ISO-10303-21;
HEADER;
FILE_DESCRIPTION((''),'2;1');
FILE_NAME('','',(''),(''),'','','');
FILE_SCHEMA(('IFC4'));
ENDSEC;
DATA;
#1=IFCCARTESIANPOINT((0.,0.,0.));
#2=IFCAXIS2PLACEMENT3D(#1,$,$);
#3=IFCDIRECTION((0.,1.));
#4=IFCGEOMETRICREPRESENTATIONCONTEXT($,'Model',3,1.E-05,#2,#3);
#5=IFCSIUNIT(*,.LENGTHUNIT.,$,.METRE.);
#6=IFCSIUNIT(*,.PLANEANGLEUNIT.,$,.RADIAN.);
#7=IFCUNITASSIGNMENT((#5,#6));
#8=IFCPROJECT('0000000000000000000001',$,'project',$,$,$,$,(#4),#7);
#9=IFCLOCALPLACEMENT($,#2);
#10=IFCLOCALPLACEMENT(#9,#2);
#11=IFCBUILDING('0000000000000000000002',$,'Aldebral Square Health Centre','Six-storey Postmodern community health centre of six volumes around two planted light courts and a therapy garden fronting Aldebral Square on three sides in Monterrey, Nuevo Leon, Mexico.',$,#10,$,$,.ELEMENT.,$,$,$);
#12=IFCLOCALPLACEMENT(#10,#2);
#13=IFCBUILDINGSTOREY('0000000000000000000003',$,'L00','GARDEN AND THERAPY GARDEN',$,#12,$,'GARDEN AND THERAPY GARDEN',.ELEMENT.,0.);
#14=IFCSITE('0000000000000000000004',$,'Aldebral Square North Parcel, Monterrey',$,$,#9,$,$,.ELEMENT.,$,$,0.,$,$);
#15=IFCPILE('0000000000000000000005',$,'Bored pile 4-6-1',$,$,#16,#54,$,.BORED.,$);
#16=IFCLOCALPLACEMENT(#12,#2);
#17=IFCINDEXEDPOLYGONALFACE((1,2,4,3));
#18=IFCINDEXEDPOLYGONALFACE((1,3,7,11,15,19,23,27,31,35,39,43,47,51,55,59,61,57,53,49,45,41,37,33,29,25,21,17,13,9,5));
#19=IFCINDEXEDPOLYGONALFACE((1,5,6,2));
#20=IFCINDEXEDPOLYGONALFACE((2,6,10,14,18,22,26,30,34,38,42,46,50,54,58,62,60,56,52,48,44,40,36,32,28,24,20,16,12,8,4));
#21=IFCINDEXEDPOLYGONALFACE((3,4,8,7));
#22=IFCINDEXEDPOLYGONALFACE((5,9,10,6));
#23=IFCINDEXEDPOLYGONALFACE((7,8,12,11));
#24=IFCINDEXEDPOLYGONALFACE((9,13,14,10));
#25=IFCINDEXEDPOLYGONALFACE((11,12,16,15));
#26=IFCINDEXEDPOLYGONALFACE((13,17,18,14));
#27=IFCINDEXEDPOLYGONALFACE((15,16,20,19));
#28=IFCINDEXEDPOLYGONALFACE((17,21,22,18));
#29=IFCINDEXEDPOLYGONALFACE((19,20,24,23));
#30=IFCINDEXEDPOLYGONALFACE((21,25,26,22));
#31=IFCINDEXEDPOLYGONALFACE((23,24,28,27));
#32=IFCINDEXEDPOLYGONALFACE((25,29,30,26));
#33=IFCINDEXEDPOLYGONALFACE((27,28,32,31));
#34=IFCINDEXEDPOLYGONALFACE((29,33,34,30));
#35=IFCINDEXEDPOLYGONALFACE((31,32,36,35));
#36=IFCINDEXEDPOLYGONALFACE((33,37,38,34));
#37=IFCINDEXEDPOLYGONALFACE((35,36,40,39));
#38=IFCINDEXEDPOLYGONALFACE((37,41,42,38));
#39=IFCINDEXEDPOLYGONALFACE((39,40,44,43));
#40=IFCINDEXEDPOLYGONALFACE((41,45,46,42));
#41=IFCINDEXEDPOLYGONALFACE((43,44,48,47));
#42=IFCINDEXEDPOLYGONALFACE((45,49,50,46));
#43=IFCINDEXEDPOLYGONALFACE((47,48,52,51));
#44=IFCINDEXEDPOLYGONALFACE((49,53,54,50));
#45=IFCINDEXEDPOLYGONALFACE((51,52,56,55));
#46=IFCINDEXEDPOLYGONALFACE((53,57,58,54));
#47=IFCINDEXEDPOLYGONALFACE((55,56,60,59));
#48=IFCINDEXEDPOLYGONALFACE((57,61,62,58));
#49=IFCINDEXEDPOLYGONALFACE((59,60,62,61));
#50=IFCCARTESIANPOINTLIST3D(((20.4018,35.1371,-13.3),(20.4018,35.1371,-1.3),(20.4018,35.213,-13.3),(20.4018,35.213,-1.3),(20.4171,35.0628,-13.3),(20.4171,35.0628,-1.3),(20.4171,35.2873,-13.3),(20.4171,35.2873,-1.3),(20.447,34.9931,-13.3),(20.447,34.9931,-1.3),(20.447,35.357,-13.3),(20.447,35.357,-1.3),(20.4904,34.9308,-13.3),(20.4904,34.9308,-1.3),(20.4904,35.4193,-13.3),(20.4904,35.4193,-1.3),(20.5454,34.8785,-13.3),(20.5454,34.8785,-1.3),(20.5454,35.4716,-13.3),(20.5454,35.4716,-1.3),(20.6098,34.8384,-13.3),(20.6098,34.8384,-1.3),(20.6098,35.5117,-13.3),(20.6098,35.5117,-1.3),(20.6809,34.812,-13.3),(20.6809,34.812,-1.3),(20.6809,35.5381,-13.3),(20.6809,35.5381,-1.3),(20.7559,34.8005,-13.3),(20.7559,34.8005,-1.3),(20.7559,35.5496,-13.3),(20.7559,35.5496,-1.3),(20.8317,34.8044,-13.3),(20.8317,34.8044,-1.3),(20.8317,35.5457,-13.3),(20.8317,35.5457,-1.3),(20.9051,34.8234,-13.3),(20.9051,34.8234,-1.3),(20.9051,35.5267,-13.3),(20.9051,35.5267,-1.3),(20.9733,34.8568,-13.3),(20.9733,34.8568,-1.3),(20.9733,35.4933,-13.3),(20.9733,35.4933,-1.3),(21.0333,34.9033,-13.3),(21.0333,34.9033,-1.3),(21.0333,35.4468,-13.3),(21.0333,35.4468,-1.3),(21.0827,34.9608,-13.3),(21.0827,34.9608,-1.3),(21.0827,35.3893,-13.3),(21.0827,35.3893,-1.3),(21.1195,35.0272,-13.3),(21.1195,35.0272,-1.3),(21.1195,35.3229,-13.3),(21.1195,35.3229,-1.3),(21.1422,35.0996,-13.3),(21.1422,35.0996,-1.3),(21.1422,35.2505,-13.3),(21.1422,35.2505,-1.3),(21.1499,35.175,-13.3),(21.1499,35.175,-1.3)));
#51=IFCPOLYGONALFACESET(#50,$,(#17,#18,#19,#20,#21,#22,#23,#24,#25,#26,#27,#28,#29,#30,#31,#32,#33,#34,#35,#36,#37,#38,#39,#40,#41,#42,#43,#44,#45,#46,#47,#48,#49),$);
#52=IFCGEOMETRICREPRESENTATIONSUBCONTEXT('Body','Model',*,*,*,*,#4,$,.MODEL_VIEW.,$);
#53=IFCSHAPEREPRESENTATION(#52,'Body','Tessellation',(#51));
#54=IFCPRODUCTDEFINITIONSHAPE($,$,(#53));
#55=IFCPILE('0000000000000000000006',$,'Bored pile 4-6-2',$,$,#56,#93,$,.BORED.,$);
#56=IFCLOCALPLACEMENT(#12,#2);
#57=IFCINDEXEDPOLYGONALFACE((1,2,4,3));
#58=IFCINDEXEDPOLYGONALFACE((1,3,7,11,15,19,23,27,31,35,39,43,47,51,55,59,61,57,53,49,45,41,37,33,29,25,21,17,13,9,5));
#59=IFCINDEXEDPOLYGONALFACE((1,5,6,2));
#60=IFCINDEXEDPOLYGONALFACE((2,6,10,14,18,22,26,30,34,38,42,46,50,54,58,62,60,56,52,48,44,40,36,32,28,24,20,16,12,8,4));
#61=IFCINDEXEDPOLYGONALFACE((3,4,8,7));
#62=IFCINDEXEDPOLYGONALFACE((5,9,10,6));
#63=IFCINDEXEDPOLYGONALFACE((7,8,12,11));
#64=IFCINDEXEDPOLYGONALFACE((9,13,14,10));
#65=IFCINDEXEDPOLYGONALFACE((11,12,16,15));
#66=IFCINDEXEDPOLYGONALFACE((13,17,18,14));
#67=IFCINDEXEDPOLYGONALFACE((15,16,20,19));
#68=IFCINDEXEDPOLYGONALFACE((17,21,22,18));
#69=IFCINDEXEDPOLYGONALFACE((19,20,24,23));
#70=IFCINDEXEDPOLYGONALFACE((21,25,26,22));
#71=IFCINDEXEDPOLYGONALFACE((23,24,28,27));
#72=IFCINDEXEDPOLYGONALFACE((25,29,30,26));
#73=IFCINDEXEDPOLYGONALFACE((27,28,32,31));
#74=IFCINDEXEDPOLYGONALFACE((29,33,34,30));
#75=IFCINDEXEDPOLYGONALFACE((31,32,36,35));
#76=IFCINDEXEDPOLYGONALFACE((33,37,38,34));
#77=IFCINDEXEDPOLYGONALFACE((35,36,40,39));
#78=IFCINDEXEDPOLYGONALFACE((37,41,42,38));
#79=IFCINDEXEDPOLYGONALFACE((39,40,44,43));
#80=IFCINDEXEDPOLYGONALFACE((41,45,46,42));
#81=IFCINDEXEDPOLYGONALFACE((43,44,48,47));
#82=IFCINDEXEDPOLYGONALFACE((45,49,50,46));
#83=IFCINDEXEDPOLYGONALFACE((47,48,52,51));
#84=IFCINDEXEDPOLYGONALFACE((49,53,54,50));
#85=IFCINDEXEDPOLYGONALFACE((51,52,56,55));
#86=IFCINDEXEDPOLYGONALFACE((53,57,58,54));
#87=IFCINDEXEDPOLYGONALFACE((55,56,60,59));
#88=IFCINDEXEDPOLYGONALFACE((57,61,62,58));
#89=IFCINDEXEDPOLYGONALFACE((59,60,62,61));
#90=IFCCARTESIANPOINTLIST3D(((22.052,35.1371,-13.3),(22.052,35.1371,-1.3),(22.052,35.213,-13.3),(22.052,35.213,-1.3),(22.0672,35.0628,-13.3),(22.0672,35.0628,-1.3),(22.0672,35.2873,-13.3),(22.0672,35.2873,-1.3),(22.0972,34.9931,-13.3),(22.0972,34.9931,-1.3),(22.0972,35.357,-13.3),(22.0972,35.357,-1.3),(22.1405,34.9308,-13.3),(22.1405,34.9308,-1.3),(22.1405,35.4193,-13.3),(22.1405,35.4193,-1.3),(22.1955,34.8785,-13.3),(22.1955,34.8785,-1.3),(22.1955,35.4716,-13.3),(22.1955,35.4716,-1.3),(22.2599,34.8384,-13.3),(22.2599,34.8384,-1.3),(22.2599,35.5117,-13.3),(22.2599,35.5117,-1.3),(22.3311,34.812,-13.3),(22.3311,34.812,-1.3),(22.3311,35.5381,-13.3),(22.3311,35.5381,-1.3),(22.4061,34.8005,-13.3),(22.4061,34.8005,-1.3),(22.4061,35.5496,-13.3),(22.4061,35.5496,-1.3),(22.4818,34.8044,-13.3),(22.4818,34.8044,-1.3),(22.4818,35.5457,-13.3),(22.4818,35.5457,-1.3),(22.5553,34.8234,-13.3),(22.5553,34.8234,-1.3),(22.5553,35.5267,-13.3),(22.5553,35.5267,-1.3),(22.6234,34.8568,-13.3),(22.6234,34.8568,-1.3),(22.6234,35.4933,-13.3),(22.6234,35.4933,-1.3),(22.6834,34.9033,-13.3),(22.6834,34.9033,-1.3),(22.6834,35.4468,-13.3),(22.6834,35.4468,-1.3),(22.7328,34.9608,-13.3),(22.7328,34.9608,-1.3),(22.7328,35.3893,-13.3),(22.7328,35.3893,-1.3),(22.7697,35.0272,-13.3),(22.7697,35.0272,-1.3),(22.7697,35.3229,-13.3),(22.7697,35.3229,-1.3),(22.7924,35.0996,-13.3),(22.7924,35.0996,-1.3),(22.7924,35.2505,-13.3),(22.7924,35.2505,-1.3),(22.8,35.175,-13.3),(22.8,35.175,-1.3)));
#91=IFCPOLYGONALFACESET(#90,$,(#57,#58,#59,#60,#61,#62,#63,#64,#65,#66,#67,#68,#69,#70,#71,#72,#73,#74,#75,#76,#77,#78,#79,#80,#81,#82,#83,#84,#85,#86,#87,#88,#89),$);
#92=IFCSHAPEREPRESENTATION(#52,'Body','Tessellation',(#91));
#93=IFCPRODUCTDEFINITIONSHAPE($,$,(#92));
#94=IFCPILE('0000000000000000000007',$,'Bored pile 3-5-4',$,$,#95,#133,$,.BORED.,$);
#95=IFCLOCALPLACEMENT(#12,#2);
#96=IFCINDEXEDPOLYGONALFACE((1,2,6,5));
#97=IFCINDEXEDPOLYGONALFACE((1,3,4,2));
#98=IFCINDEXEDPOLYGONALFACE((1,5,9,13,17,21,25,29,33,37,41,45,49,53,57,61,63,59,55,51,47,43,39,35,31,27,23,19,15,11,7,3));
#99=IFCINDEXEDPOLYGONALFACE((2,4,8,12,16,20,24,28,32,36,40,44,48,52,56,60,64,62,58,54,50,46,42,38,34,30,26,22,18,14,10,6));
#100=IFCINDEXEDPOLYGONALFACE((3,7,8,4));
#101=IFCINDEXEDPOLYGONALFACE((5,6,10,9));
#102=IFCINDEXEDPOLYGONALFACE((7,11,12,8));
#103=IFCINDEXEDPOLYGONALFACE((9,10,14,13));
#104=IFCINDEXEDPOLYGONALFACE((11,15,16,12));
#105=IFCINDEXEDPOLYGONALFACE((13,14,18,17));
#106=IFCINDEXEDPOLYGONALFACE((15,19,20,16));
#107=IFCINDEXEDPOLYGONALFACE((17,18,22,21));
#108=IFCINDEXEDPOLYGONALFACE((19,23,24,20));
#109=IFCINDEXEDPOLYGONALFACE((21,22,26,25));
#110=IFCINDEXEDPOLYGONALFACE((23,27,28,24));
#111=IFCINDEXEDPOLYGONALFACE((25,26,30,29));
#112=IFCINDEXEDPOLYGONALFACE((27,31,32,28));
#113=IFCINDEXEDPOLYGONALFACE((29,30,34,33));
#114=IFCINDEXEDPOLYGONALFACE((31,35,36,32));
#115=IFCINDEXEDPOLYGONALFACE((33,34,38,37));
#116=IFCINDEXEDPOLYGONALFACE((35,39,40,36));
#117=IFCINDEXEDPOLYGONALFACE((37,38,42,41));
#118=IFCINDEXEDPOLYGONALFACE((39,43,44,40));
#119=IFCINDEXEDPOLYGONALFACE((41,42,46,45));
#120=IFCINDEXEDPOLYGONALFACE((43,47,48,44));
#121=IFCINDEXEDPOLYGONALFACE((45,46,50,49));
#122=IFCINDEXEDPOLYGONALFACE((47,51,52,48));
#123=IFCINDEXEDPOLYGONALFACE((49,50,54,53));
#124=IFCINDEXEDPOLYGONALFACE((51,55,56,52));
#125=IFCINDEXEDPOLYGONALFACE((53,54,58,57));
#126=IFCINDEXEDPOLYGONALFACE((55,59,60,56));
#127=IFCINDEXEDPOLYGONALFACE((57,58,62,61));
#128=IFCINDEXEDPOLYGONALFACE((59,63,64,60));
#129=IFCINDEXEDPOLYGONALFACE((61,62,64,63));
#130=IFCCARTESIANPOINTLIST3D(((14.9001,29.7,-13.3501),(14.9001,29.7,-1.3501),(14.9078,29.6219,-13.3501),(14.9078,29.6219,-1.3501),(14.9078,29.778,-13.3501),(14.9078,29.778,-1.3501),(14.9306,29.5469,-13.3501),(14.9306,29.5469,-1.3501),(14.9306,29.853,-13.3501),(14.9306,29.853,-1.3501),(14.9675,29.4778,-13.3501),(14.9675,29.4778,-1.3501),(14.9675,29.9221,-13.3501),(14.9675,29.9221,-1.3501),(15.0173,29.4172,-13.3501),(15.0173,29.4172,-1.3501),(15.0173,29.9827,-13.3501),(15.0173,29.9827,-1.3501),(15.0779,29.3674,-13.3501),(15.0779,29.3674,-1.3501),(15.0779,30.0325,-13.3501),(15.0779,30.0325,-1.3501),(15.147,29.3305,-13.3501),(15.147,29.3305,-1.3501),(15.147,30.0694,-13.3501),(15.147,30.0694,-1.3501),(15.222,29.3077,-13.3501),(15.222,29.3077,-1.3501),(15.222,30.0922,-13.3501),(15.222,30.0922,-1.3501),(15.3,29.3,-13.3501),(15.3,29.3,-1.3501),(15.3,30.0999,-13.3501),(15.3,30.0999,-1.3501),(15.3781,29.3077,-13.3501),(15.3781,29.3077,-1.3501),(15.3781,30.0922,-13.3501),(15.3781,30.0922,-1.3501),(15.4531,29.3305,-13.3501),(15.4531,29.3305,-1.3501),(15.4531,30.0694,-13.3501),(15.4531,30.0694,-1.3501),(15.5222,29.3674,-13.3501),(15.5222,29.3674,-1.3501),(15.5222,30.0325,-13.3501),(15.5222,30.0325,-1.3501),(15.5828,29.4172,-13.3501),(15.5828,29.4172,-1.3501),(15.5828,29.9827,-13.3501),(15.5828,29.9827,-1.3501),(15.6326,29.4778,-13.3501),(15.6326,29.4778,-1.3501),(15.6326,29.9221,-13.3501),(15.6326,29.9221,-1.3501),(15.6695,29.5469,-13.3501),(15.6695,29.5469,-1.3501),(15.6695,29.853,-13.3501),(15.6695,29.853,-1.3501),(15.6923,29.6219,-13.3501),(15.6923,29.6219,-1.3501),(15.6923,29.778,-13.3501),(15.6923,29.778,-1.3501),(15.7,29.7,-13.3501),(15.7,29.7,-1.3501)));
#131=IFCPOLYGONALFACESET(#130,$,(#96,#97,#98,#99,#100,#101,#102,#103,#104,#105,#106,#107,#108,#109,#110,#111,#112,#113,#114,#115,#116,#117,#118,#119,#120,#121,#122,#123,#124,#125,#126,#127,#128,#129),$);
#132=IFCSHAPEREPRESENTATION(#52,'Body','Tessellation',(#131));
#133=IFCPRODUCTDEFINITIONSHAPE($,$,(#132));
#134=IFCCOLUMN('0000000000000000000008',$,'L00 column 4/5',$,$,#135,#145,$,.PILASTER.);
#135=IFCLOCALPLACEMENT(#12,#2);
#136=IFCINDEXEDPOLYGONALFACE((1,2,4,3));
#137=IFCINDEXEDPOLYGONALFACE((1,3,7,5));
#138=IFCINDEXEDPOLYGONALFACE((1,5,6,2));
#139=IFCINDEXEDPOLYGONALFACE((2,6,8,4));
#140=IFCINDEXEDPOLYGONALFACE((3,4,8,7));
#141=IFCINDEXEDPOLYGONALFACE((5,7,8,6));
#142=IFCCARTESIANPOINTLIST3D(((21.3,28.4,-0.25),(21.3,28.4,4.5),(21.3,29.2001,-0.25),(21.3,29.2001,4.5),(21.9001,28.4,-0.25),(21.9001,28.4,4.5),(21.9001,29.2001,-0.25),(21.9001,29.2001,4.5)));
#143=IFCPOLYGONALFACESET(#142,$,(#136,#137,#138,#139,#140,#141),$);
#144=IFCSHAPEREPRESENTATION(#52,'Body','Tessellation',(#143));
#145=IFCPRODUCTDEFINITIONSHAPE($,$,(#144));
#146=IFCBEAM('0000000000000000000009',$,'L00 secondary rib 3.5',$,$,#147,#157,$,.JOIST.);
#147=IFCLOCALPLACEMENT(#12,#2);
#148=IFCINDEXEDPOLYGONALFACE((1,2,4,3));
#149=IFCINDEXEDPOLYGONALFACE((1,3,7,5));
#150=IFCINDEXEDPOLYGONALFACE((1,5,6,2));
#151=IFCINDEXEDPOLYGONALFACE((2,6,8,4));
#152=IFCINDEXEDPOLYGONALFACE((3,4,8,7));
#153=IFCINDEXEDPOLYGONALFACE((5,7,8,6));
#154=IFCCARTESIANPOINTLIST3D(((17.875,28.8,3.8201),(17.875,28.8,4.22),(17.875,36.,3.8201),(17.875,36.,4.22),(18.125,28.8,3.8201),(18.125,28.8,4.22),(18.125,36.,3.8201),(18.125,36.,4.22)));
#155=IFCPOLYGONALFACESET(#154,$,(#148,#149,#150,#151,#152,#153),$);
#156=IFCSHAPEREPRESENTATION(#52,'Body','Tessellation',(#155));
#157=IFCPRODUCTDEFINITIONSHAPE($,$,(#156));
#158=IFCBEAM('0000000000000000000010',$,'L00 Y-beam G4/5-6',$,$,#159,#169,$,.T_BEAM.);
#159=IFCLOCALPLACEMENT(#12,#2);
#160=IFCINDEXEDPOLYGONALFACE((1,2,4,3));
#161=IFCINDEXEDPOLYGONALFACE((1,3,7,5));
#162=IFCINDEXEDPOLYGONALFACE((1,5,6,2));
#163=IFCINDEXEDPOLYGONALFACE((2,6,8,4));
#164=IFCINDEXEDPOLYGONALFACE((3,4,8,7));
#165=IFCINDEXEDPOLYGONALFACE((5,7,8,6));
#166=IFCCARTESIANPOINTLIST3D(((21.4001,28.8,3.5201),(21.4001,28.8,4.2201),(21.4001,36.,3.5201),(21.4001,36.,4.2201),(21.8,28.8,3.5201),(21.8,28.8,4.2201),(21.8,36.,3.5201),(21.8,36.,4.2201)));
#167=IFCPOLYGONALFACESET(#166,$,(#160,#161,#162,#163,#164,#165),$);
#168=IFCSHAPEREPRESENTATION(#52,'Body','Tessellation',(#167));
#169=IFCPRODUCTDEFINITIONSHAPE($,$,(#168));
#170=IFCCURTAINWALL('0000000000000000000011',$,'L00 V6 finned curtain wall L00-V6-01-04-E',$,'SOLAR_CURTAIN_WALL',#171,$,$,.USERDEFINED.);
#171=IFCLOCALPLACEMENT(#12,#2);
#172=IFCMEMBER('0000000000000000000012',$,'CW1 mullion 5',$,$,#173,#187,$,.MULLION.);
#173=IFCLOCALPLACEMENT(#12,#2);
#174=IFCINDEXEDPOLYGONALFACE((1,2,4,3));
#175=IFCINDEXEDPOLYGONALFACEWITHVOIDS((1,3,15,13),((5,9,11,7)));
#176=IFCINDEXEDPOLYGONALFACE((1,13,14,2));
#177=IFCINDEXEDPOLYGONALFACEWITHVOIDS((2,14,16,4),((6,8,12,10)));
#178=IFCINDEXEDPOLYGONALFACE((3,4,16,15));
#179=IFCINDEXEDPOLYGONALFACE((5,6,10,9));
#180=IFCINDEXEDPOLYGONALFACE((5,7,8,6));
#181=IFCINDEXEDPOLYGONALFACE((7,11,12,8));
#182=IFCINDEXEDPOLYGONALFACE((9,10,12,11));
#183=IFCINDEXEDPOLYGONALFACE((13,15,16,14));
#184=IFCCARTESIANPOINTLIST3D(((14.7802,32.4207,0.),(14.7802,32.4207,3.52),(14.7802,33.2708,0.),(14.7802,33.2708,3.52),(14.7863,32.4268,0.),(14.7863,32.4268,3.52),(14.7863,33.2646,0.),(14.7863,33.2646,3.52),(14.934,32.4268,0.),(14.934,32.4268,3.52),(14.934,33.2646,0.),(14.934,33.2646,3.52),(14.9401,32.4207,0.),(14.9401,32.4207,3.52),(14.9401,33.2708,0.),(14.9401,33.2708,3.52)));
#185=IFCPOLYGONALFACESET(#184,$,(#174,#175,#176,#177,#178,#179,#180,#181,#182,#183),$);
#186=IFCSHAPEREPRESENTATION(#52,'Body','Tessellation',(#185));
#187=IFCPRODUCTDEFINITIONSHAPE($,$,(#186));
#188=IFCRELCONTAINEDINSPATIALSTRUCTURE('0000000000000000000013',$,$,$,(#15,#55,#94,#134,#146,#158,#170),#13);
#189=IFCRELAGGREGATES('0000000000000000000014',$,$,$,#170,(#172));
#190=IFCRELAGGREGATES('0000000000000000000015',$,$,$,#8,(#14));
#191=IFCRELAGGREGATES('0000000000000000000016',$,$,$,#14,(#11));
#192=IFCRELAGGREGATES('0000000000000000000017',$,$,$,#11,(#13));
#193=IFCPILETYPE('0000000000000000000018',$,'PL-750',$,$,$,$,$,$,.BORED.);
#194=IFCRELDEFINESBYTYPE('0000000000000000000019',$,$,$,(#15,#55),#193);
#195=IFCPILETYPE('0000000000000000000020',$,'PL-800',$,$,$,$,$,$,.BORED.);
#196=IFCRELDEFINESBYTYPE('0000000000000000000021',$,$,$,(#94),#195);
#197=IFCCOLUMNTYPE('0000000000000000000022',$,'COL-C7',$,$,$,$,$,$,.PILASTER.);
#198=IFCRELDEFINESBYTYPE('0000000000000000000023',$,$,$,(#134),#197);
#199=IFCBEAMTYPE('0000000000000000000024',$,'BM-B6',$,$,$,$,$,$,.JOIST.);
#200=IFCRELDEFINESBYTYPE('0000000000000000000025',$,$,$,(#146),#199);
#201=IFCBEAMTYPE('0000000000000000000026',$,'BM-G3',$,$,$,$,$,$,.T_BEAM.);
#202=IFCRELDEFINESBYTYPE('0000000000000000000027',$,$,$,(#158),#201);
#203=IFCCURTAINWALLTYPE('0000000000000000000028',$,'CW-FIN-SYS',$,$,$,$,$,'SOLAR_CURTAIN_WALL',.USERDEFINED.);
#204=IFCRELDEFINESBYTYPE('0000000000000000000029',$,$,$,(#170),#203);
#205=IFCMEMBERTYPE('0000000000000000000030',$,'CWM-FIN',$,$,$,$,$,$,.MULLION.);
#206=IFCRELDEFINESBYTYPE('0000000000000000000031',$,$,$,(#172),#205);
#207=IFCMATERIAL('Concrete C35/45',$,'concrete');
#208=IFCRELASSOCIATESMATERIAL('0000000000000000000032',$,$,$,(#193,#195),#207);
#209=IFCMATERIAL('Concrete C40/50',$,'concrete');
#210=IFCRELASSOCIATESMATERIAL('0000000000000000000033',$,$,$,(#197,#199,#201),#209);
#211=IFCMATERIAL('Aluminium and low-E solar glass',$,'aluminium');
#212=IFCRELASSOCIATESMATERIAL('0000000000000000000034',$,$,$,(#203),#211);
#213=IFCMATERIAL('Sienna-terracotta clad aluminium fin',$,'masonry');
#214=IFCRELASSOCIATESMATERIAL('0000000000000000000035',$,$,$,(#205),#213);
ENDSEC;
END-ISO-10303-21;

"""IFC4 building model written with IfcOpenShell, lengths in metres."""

from ifc_helpers import new_model, si_unit, direction, frame, origin, origin_2d, place, context, subcontext, project, spatial, rectangle, hollow_rectangle, circle, extrude, material, material_profile, profile_set, type_object, element, aggregate, save


model = new_model("IFC4")

# Units and contexts
model_context = context("Model", 3, precision=1e-05, world=origin(), true_north=direction((0.0, 1.0)))
body_context = subcontext(model_context, "Body", "Model", "MODEL_VIEW")
ifc_project = project(units=[si_unit("LENGTHUNIT", "METRE"), si_unit("PLANEANGLEUNIT", "RADIAN")], contexts=[model_context])

# Site, building, storey
site_placement = place(None, origin())
site = spatial("IfcSite", under=ifc_project, at=site_placement, Name="Aldebral Square North Parcel, Monterrey", CompositionType="ELEMENT", RefElevation=0.0)
building_placement = place(site_placement, origin())
building = spatial("IfcBuilding", under=site, at=building_placement, Name="Aldebral Square Health Centre", Description="Six-storey Postmodern community health centre of six volumes around two planted light courts and a therapy garden fronting Aldebral Square on three sides in Monterrey, Nuevo Leon, Mexico.", CompositionType="ELEMENT")
storey_placement = place(building_placement, origin())
storey = spatial("IfcBuildingStorey", under=building, at=storey_placement, Name="L00", Description="GARDEN AND THERAPY GARDEN", LongName="GARDEN AND THERAPY GARDEN", CompositionType="ELEMENT", Elevation=0.0)

# Shared definitions
ifc_material_1 = material(Name="Concrete C35/45", Category="concrete")

# Piles
ifc_material_profile_1 = material_profile(ifc_material_1, circle(Radius=0.375, at=origin_2d()), Name="PILE D750")
ifc_profile_set_1 = profile_set([ifc_material_profile_1], Name="Concrete C35/45")
pile_type_1 = type_object("IfcPileType", Name="PL-750", PredefinedType="BORED", material=ifc_profile_set_1)
for number, where, z_axis, x_axis, name in (
    (1, (20.7749, 35.175, -1.3), (0.0, 0.0, -1.0), (1.0, 0.0, 0.0), "Bored pile 4-6-1"),
    (2, (22.425, 35.175, -1.3), (0.0, 0.0, -1.0), (1.0, 0.0, 0.0), "Bored pile 4-6-2"),
):
    element("IfcPile", number, at=place(storey_placement, frame(where, z_axis=z_axis, x_axis=x_axis)), inside=storey, type_object=pile_type_1, Name=name, PredefinedType="BORED", context=body_context, shape_type="SweptSolid", body=[
        extrude(circle(Radius=0.375, at=origin_2d()), origin(), (0.0, 0.0, 1.0), 12.0),
    ])
ifc_material_profile_2 = material_profile(ifc_material_1, circle(Radius=0.3999, at=origin_2d()), Name="PILE D800")
ifc_profile_set_2 = profile_set([ifc_material_profile_2], Name="Concrete C35/45")
pile_type_2 = type_object("IfcPileType", Name="PL-800", PredefinedType="BORED", material=ifc_profile_set_2)
pile_placement = place(storey_placement, frame((15.3, 29.7, -1.3501), z_axis=(0.0, 0.0, -1.0), x_axis=(1.0, 0.0, 0.0)))
element("IfcPile", 3, at=pile_placement, inside=storey, type_object=pile_type_2, Name="Bored pile 3-5-4", PredefinedType="BORED", context=body_context, shape_type="SweptSolid", body=[
    extrude(circle(Radius=0.3999, at=origin_2d()), origin(), (0.0, 0.0, 1.0), 12.0),
])

# Column
ifc_material_2 = material(Name="Concrete C40/50", Category="concrete")
ifc_material_profile_3 = material_profile(ifc_material_2, rectangle(XDim=0.6001, YDim=0.8, at=origin_2d()), Name="RC 600x800")
ifc_profile_set_3 = profile_set([ifc_material_profile_3], Name="Concrete C40/50")
column_type = type_object("IfcColumnType", Name="COL-C7", PredefinedType="PILASTER", material=ifc_profile_set_3)
column_placement = place(storey_placement, frame((21.6001, 28.8, -0.25), z_axis=(0.0, 0.0, 1.0), x_axis=(1.0, 0.0, 0.0)))
element("IfcColumn", 4, at=column_placement, inside=storey, type_object=column_type, Name="L00 column 4/5", PredefinedType="PILASTER", context=body_context, shape_type="SweptSolid", body=[
    extrude(rectangle(XDim=0.6001, YDim=0.8, at=origin_2d()), origin(), (0.0, 0.0, 1.0), 4.75),
])

# Beams
ifc_material_profile_4 = material_profile(ifc_material_2, rectangle(XDim=0.25, YDim=0.3999, at=origin_2d()), Name="RC 250x400")
ifc_profile_set_4 = profile_set([ifc_material_profile_4], Name="Concrete C40/50")
beam_type_1 = type_object("IfcBeamType", Name="BM-B6", PredefinedType="JOIST", material=ifc_profile_set_4)
beam_1_placement = place(storey_placement, frame((18.0, 28.8, 4.02), z_axis=(0.0, 1.0, 0.0), x_axis=(-1.0, 0.0, 0.0)))
element("IfcBeam", 5, at=beam_1_placement, inside=storey, type_object=beam_type_1, Name="L00 secondary rib 3.5", PredefinedType="JOIST", context=body_context, shape_type="SweptSolid", body=[
    extrude(rectangle(XDim=0.25, YDim=0.3999, at=origin_2d()), origin(), (0.0, 0.0, 1.0), 7.2),
])
ifc_material_profile_5 = material_profile(ifc_material_2, rectangle(XDim=0.3999, YDim=0.7, at=origin_2d()), Name="RC 400x700")
ifc_profile_set_5 = profile_set([ifc_material_profile_5], Name="Concrete C40/50")
beam_type_2 = type_object("IfcBeamType", Name="BM-G3", PredefinedType="T_BEAM", material=ifc_profile_set_5)
beam_2_placement = place(storey_placement, frame((21.6001, 28.8, 3.8701), z_axis=(0.0, 1.0, 0.0), x_axis=(-1.0, 0.0, 0.0)))
element("IfcBeam", 6, at=beam_2_placement, inside=storey, type_object=beam_type_2, Name="L00 Y-beam G4/5-6", PredefinedType="T_BEAM", context=body_context, shape_type="SweptSolid", body=[
    extrude(rectangle(XDim=0.3999, YDim=0.7, at=origin_2d()), origin(), (0.0, 0.0, 1.0), 7.2),
])

# Curtain wall, member
ifc_material_3 = material(Name="Aluminium and low-E solar glass", Category="aluminium")
curtain_wall_type = type_object("IfcCurtainWallType", Name="CW-FIN-SYS", ElementType="SOLAR_CURTAIN_WALL", PredefinedType="USERDEFINED", material=ifc_material_3)
curtain_wall_placement = place(storey_placement, origin())
curtain_wall = element("IfcCurtainWall", 7, at=curtain_wall_placement, inside=storey, type_object=curtain_wall_type, Name="L00 V6 finned curtain wall L00-V6-01-04-E", ObjectType="SOLAR_CURTAIN_WALL", PredefinedType="USERDEFINED")
ifc_material_4 = material(Name="Sienna-terracotta clad aluminium fin", Category="masonry")
ifc_material_profile_6 = material_profile(ifc_material_4, hollow_rectangle(XDim=0.1599, YDim=0.8501, WallThickness=0.0061, at=origin_2d()), Name="FIN 160x850x6")
ifc_profile_set_6 = profile_set([ifc_material_profile_6], Name="Sienna-terracotta clad aluminium fin")
member_type_1 = type_object("IfcMemberType", Name="CWM-FIN", PredefinedType="MULLION", material=ifc_profile_set_6)
member_1_placement = place(storey_placement, frame((14.8601, 32.8457, 0.0), z_axis=(0.0, 0.0, 1.0), x_axis=(-1.0, 0.0, 0.0)))
member_1 = element("IfcMember", 8, at=member_1_placement, type_object=member_type_1, Name="CW1 mullion 5", PredefinedType="MULLION", context=body_context, shape_type="SweptSolid", body=[
    extrude(hollow_rectangle(XDim=0.1599, YDim=0.8501, WallThickness=0.0061, at=origin_2d()), origin(), (0.0, 0.0, 1.0), 3.52),
])
aggregate(curtain_wall, [member_1])

save(model, "model.ifc")
